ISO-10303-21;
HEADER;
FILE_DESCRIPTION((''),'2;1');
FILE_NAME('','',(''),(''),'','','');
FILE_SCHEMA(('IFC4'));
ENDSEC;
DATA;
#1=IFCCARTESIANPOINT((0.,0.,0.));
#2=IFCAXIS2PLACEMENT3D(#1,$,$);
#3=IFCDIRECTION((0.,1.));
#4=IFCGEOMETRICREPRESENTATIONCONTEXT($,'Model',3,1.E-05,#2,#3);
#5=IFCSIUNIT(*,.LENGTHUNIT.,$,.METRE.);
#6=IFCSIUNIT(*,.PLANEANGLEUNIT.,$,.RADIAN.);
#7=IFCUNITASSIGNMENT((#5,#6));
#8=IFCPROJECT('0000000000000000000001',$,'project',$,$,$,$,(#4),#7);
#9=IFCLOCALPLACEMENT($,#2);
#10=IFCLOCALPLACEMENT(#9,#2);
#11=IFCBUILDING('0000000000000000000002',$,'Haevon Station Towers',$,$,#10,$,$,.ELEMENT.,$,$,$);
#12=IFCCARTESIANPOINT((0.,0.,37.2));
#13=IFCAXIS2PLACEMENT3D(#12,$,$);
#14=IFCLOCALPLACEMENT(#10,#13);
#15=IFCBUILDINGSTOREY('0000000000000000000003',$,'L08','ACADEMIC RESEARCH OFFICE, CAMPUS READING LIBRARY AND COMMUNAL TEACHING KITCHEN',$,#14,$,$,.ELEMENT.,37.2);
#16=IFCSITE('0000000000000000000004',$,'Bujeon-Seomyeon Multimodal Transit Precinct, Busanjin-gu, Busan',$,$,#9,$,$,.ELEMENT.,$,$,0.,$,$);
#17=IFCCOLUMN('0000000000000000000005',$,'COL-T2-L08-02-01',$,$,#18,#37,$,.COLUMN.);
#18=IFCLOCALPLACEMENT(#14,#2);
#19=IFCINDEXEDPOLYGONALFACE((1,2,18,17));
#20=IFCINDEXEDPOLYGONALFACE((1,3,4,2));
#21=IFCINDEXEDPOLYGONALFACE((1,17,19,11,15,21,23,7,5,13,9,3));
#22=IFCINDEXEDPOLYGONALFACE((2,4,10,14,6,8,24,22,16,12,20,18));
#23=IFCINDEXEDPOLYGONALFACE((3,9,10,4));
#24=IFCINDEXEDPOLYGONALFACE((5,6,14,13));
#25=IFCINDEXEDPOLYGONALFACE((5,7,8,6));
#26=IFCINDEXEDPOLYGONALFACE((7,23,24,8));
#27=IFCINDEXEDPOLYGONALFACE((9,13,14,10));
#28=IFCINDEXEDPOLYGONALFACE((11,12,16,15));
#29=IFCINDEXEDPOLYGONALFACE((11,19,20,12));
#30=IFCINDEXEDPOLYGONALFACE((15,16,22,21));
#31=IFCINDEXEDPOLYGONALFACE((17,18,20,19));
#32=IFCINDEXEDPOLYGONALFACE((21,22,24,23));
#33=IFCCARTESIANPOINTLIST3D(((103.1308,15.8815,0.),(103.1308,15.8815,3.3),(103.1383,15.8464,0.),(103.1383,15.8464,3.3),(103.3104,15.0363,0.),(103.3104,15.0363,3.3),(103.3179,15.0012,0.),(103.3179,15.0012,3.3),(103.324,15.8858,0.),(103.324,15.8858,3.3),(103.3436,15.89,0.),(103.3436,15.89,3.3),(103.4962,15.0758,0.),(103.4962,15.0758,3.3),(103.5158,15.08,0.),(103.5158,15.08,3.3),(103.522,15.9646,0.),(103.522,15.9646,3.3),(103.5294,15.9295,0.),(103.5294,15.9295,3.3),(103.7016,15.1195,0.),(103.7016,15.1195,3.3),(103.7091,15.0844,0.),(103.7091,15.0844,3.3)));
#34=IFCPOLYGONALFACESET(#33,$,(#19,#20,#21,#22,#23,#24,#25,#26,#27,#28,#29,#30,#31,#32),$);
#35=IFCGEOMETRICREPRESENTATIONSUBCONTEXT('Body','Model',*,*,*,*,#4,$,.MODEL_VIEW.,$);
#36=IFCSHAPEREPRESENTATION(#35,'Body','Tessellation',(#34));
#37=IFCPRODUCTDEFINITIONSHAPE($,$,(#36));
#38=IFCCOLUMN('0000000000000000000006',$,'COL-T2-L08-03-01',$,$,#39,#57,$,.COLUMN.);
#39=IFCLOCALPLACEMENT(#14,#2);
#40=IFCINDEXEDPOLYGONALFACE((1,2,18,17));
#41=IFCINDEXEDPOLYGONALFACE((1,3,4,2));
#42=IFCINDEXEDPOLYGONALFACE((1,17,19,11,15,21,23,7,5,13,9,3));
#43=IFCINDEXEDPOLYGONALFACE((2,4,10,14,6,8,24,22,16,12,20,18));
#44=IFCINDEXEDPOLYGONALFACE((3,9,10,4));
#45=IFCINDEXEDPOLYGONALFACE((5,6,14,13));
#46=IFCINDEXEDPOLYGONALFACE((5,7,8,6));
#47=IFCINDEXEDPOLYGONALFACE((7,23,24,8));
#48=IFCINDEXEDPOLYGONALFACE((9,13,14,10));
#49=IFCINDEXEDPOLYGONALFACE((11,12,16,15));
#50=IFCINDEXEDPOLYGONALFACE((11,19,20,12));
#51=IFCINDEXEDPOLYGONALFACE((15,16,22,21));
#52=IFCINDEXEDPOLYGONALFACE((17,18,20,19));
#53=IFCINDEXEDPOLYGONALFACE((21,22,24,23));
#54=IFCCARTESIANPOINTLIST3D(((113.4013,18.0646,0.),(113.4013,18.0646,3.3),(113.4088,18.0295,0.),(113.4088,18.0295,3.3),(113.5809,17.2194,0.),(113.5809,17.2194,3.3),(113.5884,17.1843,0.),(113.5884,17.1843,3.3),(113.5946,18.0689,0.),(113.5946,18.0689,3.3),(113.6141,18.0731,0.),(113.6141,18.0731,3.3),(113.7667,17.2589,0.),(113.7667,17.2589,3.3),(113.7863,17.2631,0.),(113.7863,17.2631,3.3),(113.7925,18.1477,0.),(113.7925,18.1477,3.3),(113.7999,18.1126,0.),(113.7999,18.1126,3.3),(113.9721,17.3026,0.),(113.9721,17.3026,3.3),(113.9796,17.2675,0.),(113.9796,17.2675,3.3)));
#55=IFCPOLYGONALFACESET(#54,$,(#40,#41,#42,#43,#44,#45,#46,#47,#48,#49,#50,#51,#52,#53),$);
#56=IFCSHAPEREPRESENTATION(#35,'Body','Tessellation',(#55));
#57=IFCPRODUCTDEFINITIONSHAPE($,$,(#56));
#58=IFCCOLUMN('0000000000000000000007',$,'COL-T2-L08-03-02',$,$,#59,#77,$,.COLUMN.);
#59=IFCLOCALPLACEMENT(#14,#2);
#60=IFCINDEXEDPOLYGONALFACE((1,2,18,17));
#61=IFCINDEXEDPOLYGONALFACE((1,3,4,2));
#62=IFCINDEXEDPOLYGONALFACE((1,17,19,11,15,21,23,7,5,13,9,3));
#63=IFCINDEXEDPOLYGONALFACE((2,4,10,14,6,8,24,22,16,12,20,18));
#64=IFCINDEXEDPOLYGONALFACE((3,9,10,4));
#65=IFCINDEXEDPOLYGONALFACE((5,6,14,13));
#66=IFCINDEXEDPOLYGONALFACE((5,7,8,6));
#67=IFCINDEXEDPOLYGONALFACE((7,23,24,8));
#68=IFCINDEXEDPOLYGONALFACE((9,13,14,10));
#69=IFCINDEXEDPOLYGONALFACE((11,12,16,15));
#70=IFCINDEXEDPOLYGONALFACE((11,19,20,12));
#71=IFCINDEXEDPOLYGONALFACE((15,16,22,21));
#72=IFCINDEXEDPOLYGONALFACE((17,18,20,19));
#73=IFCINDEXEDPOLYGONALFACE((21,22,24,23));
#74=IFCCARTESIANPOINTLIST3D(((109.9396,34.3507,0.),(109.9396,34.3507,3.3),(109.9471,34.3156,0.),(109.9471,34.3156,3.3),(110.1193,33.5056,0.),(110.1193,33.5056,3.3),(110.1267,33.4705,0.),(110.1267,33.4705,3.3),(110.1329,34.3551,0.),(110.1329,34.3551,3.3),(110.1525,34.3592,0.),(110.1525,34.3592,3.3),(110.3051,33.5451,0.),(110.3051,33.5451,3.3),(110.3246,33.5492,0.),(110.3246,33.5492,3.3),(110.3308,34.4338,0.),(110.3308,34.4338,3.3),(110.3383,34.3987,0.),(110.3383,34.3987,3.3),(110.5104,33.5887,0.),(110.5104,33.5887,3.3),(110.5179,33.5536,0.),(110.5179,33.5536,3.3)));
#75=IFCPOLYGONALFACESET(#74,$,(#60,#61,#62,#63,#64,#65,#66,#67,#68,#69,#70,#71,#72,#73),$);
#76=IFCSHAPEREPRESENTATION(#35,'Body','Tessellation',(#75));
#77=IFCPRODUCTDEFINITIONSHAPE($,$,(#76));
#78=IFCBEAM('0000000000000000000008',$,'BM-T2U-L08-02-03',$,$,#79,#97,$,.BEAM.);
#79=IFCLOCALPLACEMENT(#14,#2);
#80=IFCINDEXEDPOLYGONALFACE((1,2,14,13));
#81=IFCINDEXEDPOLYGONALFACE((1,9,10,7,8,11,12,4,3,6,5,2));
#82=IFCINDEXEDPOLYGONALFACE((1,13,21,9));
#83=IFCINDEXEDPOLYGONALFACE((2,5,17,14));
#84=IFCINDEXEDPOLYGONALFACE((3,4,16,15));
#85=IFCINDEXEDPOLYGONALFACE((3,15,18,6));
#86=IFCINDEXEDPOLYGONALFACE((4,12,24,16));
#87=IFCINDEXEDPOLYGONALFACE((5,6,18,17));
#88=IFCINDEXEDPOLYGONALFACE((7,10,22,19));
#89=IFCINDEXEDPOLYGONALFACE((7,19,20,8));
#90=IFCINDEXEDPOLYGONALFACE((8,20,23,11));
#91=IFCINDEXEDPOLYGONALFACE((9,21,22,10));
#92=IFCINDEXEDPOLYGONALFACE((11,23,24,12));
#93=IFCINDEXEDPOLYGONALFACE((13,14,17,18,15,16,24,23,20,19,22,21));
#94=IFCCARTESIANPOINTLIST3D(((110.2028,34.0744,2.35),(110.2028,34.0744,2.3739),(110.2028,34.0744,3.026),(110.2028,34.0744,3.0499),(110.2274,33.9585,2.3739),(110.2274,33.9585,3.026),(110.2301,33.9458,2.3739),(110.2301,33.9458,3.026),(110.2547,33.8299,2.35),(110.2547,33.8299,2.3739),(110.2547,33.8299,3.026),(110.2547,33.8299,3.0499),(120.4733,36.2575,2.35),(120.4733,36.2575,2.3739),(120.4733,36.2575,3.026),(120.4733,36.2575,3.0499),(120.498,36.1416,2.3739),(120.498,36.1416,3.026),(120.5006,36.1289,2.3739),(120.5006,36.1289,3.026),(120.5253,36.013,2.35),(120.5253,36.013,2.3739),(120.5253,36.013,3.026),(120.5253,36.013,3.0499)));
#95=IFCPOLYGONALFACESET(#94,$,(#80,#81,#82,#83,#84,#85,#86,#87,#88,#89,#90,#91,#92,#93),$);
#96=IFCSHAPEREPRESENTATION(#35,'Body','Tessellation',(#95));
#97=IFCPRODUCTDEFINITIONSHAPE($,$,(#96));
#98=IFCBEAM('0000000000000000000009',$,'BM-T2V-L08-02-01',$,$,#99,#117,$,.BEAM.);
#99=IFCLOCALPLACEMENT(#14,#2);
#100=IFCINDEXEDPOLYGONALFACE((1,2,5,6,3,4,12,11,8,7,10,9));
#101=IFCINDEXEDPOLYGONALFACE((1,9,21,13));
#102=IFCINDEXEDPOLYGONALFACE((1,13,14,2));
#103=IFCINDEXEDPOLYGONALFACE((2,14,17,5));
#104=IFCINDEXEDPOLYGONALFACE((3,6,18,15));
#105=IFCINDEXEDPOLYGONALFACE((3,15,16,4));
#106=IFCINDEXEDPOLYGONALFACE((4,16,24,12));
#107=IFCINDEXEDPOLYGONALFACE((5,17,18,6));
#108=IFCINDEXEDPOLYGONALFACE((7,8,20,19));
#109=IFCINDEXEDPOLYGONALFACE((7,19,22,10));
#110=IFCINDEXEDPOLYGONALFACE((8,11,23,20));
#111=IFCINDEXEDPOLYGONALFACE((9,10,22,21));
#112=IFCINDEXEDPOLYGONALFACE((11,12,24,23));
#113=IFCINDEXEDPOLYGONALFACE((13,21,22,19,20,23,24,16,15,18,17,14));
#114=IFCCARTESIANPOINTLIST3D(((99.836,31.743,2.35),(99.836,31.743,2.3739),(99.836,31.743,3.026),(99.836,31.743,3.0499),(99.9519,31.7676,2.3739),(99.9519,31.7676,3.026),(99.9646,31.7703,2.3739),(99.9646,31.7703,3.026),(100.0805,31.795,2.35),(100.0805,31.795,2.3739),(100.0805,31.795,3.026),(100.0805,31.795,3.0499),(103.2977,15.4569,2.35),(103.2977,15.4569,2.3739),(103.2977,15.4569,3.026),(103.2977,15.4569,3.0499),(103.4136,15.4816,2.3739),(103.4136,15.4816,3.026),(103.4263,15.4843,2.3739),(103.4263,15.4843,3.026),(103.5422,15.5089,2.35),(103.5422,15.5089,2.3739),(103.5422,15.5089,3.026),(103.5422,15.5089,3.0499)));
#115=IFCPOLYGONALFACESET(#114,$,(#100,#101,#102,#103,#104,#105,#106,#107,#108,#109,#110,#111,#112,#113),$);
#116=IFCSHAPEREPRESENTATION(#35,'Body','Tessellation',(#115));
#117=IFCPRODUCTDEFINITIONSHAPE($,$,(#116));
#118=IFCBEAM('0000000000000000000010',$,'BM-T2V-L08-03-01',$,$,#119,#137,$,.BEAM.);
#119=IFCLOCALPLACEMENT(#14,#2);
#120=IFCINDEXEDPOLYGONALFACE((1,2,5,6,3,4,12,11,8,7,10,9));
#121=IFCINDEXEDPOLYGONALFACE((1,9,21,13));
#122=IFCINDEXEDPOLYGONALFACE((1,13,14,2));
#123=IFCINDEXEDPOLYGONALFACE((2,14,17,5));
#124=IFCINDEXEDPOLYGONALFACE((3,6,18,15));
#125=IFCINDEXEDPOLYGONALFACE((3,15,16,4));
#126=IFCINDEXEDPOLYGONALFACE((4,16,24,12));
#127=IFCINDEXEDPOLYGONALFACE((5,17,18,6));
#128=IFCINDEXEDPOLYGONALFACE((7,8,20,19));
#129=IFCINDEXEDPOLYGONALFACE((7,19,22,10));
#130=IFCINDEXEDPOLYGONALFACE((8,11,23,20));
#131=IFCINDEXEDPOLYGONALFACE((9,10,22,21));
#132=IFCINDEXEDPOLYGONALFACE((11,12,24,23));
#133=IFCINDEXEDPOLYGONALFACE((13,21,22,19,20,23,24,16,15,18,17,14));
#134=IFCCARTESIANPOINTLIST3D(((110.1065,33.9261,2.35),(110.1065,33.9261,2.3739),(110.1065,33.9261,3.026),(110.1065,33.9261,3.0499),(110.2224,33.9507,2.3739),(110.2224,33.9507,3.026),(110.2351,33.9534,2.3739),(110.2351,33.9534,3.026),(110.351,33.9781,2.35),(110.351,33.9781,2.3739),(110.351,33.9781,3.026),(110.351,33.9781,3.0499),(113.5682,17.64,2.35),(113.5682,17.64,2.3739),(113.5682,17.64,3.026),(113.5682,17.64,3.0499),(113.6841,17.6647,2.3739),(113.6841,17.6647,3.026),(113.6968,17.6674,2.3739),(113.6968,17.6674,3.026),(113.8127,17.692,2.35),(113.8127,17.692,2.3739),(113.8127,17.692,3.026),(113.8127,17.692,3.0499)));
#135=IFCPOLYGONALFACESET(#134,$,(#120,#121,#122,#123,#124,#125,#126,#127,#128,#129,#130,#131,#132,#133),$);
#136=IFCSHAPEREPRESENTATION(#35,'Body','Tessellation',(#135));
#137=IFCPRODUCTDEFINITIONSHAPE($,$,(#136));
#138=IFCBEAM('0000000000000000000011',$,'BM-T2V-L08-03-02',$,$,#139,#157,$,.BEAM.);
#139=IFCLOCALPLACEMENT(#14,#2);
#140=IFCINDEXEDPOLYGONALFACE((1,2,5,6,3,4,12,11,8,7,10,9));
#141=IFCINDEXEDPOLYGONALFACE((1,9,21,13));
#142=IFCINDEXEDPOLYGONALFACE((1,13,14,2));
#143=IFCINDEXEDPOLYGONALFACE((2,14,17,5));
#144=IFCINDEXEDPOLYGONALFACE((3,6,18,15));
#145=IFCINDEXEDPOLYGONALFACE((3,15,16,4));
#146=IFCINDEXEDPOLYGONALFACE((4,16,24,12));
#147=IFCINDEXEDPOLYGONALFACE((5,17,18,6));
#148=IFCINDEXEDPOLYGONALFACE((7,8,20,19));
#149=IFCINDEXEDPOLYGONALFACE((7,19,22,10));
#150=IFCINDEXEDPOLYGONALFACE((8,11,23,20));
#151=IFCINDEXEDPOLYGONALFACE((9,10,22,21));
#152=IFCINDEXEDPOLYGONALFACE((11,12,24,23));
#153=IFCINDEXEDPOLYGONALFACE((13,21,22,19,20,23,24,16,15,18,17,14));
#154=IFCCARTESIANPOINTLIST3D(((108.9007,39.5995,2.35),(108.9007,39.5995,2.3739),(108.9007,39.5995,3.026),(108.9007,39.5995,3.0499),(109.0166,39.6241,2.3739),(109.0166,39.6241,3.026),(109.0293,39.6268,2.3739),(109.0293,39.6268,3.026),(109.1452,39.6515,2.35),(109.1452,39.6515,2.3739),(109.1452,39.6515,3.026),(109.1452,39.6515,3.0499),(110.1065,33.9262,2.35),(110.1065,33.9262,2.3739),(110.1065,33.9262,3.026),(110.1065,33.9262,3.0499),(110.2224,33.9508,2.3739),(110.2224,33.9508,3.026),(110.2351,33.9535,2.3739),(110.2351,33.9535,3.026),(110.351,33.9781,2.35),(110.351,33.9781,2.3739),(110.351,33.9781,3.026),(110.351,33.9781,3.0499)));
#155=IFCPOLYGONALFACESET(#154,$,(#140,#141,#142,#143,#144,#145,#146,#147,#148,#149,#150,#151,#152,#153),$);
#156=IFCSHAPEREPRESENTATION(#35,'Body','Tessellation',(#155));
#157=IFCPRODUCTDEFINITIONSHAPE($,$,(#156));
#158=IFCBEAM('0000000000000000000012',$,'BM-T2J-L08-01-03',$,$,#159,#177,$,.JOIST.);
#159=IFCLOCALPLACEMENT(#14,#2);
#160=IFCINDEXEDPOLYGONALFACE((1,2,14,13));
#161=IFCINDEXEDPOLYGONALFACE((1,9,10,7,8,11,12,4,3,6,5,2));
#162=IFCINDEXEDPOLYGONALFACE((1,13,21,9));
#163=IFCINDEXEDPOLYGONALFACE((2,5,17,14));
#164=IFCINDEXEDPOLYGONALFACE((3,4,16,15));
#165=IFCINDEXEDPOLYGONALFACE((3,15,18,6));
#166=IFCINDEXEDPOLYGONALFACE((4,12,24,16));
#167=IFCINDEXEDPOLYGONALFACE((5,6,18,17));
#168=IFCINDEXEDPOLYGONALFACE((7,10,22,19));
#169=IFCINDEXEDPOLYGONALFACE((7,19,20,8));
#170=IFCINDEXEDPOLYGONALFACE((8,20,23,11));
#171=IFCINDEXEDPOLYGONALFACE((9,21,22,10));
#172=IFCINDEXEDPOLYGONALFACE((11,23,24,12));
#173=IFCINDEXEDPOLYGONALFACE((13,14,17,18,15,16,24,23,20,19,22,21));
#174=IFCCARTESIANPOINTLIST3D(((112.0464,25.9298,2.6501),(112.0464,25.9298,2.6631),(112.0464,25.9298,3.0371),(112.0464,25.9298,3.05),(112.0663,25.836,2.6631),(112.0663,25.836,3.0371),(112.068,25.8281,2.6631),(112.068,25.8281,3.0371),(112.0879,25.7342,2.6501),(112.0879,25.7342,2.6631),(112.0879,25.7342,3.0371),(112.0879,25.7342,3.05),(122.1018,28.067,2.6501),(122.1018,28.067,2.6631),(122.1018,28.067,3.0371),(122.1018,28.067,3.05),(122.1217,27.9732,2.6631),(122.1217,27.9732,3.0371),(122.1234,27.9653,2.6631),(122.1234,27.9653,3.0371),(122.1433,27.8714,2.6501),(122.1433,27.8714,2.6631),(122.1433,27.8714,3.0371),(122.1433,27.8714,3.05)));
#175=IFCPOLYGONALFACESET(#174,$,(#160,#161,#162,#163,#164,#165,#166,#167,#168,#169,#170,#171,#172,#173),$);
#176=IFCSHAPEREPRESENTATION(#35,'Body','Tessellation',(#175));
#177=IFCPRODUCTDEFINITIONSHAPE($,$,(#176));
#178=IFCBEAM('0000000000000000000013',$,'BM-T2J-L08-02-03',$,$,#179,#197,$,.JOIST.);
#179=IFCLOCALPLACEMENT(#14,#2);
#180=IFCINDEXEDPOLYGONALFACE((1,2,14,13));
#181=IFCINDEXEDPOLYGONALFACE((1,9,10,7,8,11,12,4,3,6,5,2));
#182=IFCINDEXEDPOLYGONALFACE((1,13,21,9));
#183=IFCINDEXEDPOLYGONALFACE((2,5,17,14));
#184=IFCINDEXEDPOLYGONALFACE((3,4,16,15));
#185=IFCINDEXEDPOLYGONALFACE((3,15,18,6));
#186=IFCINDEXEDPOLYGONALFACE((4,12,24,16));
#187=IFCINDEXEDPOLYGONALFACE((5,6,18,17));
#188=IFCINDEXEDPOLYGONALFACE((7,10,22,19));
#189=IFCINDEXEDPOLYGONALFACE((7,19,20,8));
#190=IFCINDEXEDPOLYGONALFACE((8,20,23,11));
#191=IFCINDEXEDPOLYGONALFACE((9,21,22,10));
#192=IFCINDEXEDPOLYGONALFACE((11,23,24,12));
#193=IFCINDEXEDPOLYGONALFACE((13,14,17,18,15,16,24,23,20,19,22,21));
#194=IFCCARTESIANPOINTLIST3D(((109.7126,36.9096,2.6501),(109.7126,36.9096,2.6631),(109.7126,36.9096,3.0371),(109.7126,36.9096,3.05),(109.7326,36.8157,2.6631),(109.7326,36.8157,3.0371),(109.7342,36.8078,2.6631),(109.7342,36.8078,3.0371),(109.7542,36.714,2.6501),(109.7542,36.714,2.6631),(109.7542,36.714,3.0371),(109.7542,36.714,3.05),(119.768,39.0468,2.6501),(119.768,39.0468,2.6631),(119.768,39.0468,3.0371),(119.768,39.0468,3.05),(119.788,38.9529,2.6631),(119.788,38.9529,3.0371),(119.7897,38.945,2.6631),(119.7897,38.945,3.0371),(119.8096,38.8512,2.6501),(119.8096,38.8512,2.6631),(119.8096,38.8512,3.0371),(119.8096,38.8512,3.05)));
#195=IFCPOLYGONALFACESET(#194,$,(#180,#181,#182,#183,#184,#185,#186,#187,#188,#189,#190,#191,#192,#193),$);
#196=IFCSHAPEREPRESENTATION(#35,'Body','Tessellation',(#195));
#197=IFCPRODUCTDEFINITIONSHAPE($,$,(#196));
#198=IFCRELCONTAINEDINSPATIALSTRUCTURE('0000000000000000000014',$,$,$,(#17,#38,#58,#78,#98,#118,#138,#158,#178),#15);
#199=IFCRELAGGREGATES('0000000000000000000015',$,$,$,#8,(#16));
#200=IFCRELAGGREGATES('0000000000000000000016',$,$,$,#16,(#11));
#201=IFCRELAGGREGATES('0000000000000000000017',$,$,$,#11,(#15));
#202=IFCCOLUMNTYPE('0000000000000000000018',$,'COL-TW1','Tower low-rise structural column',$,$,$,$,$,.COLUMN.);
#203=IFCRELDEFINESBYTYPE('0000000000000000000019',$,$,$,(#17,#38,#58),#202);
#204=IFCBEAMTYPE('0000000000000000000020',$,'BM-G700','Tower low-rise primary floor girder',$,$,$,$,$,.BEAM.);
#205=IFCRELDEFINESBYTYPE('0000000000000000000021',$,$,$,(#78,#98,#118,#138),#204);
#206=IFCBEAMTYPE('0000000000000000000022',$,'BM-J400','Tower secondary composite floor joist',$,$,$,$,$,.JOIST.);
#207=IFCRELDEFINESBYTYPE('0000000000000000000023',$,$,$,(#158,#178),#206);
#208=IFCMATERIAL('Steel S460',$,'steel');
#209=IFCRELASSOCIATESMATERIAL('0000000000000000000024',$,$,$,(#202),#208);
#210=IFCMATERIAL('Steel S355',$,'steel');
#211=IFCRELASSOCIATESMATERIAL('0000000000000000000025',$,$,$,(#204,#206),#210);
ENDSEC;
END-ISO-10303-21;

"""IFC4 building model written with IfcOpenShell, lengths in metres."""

from ifc_helpers import new_model, si_unit, direction, frame, origin, origin_2d, place, context, subcontext, project, spatial, i_section, extrude, material, material_profile, profile_set, type_object, element, save


model = new_model("IFC4")

# Units and contexts
model_context = context("Model", 3, precision=1e-05, world=origin(), true_north=direction((0.0, 1.0)))
body_context = subcontext(model_context, "Body", "Model", "MODEL_VIEW")
ifc_project = project(units=[si_unit("LENGTHUNIT", "METRE"), si_unit("PLANEANGLEUNIT", "RADIAN")], contexts=[model_context])

# Site, building, storey
site_placement = place(None, origin())
site = spatial("IfcSite", under=ifc_project, at=site_placement, Name="Bujeon-Seomyeon Multimodal Transit Precinct, Busanjin-gu, Busan", CompositionType="ELEMENT", RefElevation=0.0)
building_placement = place(site_placement, origin())
building = spatial("IfcBuilding", under=site, at=building_placement, Name="Haevon Station Towers", CompositionType="ELEMENT")
storey_placement = place(building_placement, frame((0.0, 0.0, 37.2)))
storey = spatial("IfcBuildingStorey", under=building, at=storey_placement, Name="L08", Description="ACADEMIC RESEARCH OFFICE, CAMPUS READING LIBRARY AND COMMUNAL TEACHING KITCHEN", CompositionType="ELEMENT", Elevation=37.2)

# Columns
ifc_material_1 = material(Name="Steel S460", Category="steel")
ifc_material_profile_1 = material_profile(ifc_material_1, i_section(OverallWidth=0.3999, OverallDepth=0.8999, WebThickness=0.02, FlangeThickness=0.0359, at=origin_2d()), Name="H-900x400x20x36")
ifc_profile_set_1 = profile_set([ifc_material_profile_1], Name="Steel S460")
column_type = type_object("IfcColumnType", Name="COL-TW1", Description="Tower low-rise structural column", PredefinedType="COLUMN", material=ifc_profile_set_1)
for number, where, z_axis, x_axis, name in (
    (1, (103.4199, 15.4829, 0.0), (0.0, 0.0, 1.0), (0.978148, 0.207912, 0.0), "COL-T2-L08-02-01"),
    (2, (113.6904, 17.666, 0.0), (0.0, 0.0, 1.0), (0.978148, 0.207912, 0.0), "COL-T2-L08-03-01"),
    (3, (110.2288, 33.9521, 0.0), (0.0, 0.0, 1.0), (0.978148, 0.207912, 0.0), "COL-T2-L08-03-02"),
):
    element("IfcColumn", number, at=place(storey_placement, frame(where, z_axis=z_axis, x_axis=x_axis)), inside=storey, type_object=column_type, Name=name, PredefinedType="COLUMN", context=body_context, shape_type="SweptSolid", body=[
        extrude(i_section(OverallWidth=0.3999, OverallDepth=0.8999, WebThickness=0.02, FlangeThickness=0.0359, at=origin_2d()), origin(), (0.0, 0.0, 1.0), 3.3),
    ])

# Beams
ifc_material_2 = material(Name="Steel S355", Category="steel")
ifc_material_profile_2 = material_profile(ifc_material_2, i_section(OverallWidth=0.25, OverallDepth=0.7, WebThickness=0.0129, FlangeThickness=0.0239, at=origin_2d()), Name="H-700x250x13x24")
ifc_profile_set_2 = profile_set([ifc_material_profile_2], Name="Steel S355")
beam_type_1 = type_object("IfcBeamType", Name="BM-G700", Description="Tower low-rise primary floor girder", PredefinedType="BEAM", material=ifc_profile_set_2)
beam_1_placement = place(storey_placement, frame((110.2288, 33.9521, 2.7), z_axis=(0.978147, 0.207915, 0.0), x_axis=(-0.207915, 0.978147, 0.0)))
element("IfcBeam", 4, at=beam_1_placement, inside=storey, type_object=beam_type_1, Name="BM-T2U-L08-02-03", PredefinedType="BEAM", context=body_context, shape_type="SweptSolid", body=[
    extrude(i_section(OverallWidth=0.25, OverallDepth=0.7, WebThickness=0.0129, FlangeThickness=0.0239, at=origin_2d()), origin(), (0.0, 0.0, 1.0), 10.5),
])
for number, where, z_axis, x_axis, name in (
    (5, (103.4199, 15.4829, 2.7), (-0.207909, 0.978148, 0.0), (-0.978148, -0.207909, 0.0), "BM-T2V-L08-02-01"),
    (6, (113.6904, 17.666, 2.7), (-0.207909, 0.978148, 0.0), (-0.978148, -0.207909, 0.0), "BM-T2V-L08-03-01"),
):
    element("IfcBeam", number, at=place(storey_placement, frame(where, z_axis=z_axis, x_axis=x_axis)), inside=storey, type_object=beam_type_1, Name=name, PredefinedType="BEAM", context=body_context, shape_type="SweptSolid", body=[
        extrude(i_section(OverallWidth=0.25, OverallDepth=0.7, WebThickness=0.0129, FlangeThickness=0.0239, at=origin_2d()), origin(), (0.0, 0.0, 1.0), 16.6499),
    ])
beam_2_placement = place(storey_placement, frame((110.2288, 33.9521, 2.7), z_axis=(-0.207896, 0.978151, 0.0), x_axis=(-0.978151, -0.207896, 0.0)))
element("IfcBeam", 7, at=beam_2_placement, inside=storey, type_object=beam_type_1, Name="BM-T2V-L08-03-02", PredefinedType="BEAM", context=body_context, shape_type="SweptSolid", body=[
    extrude(i_section(OverallWidth=0.25, OverallDepth=0.7, WebThickness=0.0129, FlangeThickness=0.0239, at=origin_2d()), origin(), (0.0, 0.0, 1.0), 5.8),
])
ifc_material_profile_3 = material_profile(ifc_material_2, i_section(OverallWidth=0.2, OverallDepth=0.3999, WebThickness=0.0081, FlangeThickness=0.0129, at=origin_2d()), Name="H-400x200x8x13")
ifc_profile_set_3 = profile_set([ifc_material_profile_3], Name="Steel S355")
beam_type_2 = type_object("IfcBeamType", Name="BM-J400", Description="Tower secondary composite floor joist", PredefinedType="JOIST", material=ifc_profile_set_3)
for number, where, z_axis, x_axis, name in (
    (8, (112.0671, 25.832, 2.8501), (0.97815, 0.207899, 0.0), (-0.207899, 0.97815, 0.0), "BM-T2J-L08-01-03"),
    (9, (109.7334, 36.8118, 2.8501), (0.97815, 0.207899, 0.0), (-0.207899, 0.97815, 0.0), "BM-T2J-L08-02-03"),
):
    element("IfcBeam", number, at=place(storey_placement, frame(where, z_axis=z_axis, x_axis=x_axis)), inside=storey, type_object=beam_type_2, Name=name, PredefinedType="JOIST", context=body_context, shape_type="SweptSolid", body=[
        extrude(i_section(OverallWidth=0.2, OverallDepth=0.3999, WebThickness=0.0081, FlangeThickness=0.0129, at=origin_2d()), origin(), (0.0, 0.0, 1.0), 10.28),
    ])

save(model, "model.ifc")
